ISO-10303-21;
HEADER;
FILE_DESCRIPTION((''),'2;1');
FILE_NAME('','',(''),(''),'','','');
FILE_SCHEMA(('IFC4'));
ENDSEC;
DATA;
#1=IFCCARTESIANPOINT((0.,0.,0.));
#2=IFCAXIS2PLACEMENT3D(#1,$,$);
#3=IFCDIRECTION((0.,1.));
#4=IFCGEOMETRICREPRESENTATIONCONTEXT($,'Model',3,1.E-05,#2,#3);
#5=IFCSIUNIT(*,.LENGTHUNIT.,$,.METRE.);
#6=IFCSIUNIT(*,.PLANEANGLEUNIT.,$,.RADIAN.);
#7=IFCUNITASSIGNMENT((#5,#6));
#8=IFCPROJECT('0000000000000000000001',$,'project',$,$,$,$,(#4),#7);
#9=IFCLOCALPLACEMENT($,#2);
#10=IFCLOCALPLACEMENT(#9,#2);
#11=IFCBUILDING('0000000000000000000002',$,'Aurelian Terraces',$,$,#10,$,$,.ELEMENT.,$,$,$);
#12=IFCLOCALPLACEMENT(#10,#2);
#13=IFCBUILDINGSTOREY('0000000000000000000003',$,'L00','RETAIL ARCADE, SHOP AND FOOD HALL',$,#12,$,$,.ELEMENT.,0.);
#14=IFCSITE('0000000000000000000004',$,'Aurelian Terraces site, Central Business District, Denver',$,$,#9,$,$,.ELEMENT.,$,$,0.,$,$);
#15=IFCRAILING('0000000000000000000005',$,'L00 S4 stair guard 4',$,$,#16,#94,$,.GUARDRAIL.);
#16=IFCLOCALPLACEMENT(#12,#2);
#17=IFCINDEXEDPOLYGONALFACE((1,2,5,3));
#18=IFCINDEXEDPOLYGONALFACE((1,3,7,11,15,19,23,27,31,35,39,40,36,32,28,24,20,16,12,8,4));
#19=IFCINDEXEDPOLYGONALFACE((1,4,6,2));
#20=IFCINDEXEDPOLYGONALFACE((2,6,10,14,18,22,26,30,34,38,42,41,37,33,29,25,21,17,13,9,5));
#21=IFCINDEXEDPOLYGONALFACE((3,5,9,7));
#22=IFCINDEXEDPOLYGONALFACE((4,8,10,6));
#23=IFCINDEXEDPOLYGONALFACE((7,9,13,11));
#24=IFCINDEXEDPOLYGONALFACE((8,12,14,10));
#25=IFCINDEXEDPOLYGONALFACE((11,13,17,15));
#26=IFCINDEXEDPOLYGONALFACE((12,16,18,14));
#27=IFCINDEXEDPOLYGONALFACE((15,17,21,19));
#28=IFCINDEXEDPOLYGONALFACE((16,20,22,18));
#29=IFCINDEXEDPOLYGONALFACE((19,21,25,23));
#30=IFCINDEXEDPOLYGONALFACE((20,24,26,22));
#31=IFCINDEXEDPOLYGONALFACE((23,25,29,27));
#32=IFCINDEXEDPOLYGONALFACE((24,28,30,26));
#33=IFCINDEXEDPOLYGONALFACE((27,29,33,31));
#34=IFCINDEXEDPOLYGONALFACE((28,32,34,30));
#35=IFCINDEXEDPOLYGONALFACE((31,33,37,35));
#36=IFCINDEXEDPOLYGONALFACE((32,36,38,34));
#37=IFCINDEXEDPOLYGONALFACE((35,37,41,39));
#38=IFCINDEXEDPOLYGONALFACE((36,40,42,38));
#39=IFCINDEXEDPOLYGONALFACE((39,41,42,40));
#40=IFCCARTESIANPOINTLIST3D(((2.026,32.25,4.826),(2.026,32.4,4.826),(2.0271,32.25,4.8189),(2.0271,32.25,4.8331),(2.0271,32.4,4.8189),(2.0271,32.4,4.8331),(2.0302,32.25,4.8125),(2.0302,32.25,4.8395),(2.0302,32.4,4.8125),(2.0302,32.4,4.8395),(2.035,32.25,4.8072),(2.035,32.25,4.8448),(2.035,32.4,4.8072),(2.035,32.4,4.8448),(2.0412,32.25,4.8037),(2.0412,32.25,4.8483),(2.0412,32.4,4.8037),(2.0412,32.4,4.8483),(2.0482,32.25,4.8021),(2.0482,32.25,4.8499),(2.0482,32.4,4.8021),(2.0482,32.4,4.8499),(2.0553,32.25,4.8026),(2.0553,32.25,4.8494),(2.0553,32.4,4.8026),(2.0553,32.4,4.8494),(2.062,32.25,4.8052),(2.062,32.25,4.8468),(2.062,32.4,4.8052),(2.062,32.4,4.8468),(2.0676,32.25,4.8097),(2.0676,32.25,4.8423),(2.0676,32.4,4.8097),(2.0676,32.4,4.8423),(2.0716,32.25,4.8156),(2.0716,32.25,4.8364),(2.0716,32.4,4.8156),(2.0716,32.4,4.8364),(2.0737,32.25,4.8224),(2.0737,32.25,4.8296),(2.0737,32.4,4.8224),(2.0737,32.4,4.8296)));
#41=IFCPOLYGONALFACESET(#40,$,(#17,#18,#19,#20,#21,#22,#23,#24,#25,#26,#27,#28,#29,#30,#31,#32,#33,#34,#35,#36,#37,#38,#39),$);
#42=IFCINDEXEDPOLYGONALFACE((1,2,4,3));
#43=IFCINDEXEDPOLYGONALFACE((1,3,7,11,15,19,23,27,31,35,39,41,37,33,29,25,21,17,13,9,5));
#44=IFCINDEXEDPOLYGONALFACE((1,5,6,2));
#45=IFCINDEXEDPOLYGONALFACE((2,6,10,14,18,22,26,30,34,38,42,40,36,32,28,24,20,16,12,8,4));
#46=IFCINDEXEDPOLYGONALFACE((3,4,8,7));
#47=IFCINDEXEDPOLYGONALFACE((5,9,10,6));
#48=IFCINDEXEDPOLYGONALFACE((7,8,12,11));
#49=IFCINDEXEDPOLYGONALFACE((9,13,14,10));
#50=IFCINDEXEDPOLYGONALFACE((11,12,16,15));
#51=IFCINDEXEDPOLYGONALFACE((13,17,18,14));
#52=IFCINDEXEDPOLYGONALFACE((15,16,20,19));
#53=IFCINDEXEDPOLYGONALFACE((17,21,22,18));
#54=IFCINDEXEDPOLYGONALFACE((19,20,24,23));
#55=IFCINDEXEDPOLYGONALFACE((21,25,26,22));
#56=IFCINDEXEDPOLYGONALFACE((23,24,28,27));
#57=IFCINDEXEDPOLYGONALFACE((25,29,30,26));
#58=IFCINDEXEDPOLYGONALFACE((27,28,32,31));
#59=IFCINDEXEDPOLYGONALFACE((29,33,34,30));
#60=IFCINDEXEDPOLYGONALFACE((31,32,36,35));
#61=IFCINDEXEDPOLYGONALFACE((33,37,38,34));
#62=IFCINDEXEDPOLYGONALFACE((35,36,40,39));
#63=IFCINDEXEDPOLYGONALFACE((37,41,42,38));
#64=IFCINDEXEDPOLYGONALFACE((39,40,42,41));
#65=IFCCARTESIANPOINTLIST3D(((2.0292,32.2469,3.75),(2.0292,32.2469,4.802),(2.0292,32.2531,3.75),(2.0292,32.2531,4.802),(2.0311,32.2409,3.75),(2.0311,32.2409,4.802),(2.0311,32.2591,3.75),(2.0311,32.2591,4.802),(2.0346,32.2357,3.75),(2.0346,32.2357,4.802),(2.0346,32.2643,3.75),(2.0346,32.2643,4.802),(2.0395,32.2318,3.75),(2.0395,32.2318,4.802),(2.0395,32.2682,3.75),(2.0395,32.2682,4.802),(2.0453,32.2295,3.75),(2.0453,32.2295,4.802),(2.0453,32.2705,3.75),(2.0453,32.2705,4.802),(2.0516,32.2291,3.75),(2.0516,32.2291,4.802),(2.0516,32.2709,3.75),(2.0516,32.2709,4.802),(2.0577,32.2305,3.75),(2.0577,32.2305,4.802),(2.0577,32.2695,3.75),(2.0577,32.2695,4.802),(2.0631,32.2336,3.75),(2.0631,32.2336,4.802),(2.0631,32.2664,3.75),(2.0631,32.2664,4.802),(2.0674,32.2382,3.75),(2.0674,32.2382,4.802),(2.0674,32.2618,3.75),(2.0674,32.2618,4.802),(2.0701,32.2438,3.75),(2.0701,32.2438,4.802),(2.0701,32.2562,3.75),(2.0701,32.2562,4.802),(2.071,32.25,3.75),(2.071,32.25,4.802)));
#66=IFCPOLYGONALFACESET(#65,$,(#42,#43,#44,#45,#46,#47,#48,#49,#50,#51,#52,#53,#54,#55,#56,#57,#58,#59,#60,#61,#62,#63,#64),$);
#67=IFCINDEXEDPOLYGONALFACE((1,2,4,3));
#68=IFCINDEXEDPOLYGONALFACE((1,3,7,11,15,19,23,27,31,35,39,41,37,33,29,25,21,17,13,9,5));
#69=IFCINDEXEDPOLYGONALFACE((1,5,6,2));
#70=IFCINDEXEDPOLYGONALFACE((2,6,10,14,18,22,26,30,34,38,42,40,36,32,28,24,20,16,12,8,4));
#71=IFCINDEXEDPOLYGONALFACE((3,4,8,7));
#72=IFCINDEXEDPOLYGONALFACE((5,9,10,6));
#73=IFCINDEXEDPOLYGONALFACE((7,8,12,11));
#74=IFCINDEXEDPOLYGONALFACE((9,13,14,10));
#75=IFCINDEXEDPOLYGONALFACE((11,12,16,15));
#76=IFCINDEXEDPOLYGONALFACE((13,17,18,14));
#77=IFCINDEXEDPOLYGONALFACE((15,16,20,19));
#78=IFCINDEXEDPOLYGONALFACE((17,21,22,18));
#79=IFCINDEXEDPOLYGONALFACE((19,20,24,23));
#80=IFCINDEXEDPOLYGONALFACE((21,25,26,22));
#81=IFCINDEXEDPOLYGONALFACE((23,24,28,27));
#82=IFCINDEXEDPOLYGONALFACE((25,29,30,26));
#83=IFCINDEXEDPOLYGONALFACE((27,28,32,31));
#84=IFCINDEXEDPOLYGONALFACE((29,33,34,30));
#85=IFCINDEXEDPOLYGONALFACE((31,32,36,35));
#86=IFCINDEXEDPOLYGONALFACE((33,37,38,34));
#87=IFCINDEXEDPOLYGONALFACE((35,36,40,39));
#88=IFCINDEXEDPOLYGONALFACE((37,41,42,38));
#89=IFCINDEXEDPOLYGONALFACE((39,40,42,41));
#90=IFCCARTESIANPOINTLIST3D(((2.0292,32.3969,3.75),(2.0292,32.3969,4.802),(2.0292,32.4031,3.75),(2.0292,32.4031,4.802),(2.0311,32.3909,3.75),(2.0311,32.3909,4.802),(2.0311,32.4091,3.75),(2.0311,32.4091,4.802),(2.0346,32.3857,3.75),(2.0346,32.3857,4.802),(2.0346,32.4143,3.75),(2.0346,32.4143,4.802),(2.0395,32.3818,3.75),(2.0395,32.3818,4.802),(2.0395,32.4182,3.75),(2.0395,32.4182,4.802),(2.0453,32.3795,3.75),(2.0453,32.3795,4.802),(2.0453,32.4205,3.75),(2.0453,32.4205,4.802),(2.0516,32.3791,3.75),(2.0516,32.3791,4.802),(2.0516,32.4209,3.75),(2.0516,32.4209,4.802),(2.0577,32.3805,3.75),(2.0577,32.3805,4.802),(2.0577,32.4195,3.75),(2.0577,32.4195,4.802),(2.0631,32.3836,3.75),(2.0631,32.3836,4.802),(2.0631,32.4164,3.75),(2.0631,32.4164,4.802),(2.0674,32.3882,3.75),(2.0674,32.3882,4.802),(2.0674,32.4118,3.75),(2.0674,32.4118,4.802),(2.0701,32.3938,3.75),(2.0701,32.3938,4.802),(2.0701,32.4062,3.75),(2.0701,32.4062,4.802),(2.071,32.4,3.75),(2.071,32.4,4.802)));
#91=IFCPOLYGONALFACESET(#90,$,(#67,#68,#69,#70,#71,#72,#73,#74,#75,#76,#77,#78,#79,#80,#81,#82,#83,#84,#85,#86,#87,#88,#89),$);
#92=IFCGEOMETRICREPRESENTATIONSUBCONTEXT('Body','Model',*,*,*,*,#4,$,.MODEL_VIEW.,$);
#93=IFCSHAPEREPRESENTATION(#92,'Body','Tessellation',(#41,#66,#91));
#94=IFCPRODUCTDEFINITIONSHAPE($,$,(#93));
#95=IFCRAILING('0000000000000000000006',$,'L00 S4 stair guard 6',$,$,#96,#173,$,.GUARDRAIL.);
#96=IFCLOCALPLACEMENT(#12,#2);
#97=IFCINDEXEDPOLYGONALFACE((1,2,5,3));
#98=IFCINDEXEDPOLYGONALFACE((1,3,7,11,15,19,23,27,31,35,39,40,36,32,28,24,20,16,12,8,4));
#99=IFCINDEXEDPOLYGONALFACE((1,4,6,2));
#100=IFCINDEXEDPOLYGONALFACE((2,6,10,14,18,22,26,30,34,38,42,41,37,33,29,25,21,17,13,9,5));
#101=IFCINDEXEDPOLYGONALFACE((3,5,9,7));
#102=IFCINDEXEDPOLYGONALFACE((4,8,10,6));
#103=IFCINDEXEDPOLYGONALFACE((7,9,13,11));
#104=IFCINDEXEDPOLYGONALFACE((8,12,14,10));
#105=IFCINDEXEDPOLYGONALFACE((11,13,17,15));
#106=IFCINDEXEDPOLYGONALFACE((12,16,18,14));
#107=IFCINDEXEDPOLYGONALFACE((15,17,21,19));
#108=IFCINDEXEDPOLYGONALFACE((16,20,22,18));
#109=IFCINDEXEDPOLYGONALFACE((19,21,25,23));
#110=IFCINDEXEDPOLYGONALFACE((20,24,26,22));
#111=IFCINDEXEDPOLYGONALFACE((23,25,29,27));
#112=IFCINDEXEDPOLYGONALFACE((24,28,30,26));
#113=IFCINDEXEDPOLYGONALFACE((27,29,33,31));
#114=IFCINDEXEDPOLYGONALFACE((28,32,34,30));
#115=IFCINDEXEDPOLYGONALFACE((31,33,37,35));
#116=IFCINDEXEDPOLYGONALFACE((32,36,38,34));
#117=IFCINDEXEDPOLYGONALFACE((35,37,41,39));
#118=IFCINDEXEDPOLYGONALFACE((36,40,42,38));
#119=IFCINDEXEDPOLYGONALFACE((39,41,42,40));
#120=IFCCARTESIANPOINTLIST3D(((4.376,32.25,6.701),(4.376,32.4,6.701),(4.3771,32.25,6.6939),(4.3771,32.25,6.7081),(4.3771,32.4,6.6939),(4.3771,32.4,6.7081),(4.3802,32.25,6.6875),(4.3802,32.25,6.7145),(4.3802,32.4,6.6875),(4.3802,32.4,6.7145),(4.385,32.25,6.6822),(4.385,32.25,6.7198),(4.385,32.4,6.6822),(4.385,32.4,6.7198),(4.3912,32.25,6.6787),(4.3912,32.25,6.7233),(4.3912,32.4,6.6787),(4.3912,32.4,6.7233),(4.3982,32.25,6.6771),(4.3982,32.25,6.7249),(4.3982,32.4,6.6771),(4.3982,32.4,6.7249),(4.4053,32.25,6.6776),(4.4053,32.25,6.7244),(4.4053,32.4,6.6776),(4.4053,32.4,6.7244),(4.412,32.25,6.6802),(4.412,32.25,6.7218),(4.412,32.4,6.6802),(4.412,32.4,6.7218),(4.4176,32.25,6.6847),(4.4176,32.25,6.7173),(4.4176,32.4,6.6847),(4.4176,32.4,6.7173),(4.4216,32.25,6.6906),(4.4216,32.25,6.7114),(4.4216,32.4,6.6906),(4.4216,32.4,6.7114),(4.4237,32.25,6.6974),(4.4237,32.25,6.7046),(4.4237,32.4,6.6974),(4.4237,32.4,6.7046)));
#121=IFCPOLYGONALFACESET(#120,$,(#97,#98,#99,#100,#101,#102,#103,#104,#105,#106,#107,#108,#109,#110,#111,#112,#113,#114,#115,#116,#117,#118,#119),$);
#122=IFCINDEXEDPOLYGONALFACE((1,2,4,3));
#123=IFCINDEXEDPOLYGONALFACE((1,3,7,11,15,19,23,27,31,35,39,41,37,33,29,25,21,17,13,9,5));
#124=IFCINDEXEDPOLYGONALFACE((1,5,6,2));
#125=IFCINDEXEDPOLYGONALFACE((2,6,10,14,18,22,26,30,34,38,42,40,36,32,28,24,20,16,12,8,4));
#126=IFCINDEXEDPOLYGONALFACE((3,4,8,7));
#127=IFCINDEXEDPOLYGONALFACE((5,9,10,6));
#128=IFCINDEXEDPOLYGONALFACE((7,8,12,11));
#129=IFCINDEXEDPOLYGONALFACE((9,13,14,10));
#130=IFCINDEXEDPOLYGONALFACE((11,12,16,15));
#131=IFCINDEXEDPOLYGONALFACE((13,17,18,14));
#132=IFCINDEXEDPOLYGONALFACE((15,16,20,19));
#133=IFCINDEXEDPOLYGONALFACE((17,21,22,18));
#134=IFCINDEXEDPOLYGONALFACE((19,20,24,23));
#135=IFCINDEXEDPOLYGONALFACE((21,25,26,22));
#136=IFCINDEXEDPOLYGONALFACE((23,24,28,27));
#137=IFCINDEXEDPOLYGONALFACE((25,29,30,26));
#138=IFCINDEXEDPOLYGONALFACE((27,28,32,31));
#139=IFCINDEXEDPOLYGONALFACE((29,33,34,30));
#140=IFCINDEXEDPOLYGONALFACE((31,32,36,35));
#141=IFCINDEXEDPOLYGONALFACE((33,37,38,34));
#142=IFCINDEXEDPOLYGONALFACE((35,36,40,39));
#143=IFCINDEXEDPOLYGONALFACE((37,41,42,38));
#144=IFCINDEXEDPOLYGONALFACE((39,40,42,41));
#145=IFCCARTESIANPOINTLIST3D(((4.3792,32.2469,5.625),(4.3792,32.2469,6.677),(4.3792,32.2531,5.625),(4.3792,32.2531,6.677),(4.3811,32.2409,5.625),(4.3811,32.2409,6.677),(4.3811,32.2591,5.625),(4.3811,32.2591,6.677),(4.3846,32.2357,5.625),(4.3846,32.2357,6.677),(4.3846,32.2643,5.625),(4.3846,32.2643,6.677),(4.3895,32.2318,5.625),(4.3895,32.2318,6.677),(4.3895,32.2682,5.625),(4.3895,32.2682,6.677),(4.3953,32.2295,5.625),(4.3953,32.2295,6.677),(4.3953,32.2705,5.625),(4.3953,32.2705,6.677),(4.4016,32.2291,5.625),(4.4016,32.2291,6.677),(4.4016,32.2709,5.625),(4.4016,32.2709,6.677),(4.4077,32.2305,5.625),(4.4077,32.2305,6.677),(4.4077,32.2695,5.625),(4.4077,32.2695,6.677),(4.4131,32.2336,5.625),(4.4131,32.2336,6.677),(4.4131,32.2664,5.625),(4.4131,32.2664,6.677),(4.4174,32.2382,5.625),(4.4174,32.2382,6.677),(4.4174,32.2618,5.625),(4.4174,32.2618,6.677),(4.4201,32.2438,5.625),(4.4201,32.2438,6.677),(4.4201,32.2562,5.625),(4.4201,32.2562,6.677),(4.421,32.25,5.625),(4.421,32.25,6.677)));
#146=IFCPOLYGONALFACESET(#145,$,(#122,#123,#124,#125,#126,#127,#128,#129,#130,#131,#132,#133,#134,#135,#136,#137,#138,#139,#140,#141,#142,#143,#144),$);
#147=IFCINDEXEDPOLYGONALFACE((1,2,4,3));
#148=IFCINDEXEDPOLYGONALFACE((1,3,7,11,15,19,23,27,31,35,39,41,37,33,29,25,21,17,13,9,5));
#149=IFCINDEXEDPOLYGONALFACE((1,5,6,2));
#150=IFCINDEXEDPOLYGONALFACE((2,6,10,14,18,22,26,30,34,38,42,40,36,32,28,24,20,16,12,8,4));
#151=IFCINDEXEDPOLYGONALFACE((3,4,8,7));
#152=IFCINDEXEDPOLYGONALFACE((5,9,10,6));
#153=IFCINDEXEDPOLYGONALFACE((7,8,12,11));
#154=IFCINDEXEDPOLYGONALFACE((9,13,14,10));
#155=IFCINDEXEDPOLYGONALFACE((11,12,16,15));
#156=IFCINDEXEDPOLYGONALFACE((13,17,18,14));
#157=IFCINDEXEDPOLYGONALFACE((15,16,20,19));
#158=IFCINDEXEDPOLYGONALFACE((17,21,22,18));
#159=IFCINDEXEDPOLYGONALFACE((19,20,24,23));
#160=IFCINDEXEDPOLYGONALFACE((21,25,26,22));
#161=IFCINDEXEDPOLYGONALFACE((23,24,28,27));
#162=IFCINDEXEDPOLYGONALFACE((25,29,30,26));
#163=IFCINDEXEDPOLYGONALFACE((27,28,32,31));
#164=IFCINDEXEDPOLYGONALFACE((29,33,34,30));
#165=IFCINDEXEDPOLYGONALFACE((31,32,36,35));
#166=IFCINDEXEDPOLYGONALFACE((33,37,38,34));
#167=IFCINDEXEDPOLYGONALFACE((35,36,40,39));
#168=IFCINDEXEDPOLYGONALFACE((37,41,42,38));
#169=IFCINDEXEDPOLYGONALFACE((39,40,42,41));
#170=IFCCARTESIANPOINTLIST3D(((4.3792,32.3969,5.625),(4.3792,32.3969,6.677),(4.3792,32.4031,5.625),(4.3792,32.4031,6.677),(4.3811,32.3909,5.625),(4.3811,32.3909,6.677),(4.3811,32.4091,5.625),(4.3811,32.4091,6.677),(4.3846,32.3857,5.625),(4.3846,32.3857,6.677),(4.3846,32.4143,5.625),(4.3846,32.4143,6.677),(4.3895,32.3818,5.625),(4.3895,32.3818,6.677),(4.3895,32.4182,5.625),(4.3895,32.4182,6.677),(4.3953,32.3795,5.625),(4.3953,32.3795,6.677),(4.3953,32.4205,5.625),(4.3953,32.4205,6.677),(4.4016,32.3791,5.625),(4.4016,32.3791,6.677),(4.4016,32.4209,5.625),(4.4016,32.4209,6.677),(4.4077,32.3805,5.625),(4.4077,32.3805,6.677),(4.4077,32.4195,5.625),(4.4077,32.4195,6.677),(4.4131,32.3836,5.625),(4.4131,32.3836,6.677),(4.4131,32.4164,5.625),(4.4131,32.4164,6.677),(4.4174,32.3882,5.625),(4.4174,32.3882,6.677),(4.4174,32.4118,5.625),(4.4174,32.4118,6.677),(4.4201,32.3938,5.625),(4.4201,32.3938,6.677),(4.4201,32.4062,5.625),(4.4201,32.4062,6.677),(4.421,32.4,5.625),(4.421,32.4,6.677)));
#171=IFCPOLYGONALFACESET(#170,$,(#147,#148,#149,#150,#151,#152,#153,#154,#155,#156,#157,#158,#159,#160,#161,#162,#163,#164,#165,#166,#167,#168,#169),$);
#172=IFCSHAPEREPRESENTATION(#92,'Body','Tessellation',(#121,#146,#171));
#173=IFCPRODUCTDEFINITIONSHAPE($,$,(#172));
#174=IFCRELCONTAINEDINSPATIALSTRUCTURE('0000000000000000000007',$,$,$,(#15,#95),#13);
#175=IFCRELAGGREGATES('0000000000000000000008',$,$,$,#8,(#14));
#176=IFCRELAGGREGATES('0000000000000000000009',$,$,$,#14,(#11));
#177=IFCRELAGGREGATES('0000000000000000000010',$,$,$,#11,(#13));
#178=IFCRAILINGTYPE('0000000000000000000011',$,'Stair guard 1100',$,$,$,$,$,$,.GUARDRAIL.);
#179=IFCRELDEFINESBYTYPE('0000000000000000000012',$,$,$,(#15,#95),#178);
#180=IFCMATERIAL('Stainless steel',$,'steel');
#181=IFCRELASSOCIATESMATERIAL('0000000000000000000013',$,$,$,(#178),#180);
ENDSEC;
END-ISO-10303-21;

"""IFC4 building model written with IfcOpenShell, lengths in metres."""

from ifc_helpers import new_model, si_unit, direction, frame, origin, origin_2d, place, context, subcontext, project, spatial, circle, extrude, source, transform, mapped, material, type_object, element, save


model = new_model("IFC4")

# Units and contexts
model_context = context("Model", 3, precision=1e-05, world=origin(), true_north=direction((0.0, 1.0)))
body_context = subcontext(model_context, "Body", "Model", "MODEL_VIEW")
ifc_project = project(units=[si_unit("LENGTHUNIT", "METRE"), si_unit("PLANEANGLEUNIT", "RADIAN")], contexts=[model_context])

# Site, building, storey
site_placement = place(None, origin())
site = spatial("IfcSite", under=ifc_project, at=site_placement, Name="Aurelian Terraces site, Central Business District, Denver", CompositionType="ELEMENT", RefElevation=0.0)
building_placement = place(site_placement, origin())
building = spatial("IfcBuilding", under=site, at=building_placement, Name="Aurelian Terraces", CompositionType="ELEMENT")
storey_placement = place(building_placement, origin())
storey = spatial("IfcBuildingStorey", under=building, at=storey_placement, Name="L00", Description="RETAIL ARCADE, SHOP AND FOOD HALL", CompositionType="ELEMENT", Elevation=0.0)

# Railings
ifc_material_1 = material(Name="Stainless steel", Category="steel")
railing_type_1 = type_object("IfcRailingType", Name="Stair guard 1100", PredefinedType="GUARDRAIL", material=ifc_material_1)
shared_shape_1 = source(origin(), body_context, "Body", "SweptSolid", [
    extrude(circle(Radius=0.024, at=origin_2d()), frame((0.0, 0.0, 1.076), z_axis=(0.0, 1.0, 0.0), x_axis=(-1.0, 0.0, 0.0)), (0.0, 0.0, 1.0), 0.15),
    extrude(circle(Radius=0.021, at=origin_2d()), origin(), (0.0, 0.0, 1.0), 1.052),
    extrude(circle(Radius=0.021, at=origin_2d()), frame((0.0, 0.15, 0.0)), (0.0, 0.0, 1.0), 1.052),
])
for number, where, name in (
    (1, (2.05, 32.25, 3.75), "L00 S4 stair guard 4"),
    (2, (4.4, 32.25, 5.625), "L00 S4 stair guard 6"),
):
    element("IfcRailing", number, at=place(storey_placement, frame(where)), inside=storey, type_object=railing_type_1, Name=name, PredefinedType="GUARDRAIL", context=body_context, shape_type="MappedRepresentation", body=[
        mapped(shared_shape_1, transform((0.0, 0.0, 0.0), scale=1.0)),
    ])

save(model, "model.ifc")
